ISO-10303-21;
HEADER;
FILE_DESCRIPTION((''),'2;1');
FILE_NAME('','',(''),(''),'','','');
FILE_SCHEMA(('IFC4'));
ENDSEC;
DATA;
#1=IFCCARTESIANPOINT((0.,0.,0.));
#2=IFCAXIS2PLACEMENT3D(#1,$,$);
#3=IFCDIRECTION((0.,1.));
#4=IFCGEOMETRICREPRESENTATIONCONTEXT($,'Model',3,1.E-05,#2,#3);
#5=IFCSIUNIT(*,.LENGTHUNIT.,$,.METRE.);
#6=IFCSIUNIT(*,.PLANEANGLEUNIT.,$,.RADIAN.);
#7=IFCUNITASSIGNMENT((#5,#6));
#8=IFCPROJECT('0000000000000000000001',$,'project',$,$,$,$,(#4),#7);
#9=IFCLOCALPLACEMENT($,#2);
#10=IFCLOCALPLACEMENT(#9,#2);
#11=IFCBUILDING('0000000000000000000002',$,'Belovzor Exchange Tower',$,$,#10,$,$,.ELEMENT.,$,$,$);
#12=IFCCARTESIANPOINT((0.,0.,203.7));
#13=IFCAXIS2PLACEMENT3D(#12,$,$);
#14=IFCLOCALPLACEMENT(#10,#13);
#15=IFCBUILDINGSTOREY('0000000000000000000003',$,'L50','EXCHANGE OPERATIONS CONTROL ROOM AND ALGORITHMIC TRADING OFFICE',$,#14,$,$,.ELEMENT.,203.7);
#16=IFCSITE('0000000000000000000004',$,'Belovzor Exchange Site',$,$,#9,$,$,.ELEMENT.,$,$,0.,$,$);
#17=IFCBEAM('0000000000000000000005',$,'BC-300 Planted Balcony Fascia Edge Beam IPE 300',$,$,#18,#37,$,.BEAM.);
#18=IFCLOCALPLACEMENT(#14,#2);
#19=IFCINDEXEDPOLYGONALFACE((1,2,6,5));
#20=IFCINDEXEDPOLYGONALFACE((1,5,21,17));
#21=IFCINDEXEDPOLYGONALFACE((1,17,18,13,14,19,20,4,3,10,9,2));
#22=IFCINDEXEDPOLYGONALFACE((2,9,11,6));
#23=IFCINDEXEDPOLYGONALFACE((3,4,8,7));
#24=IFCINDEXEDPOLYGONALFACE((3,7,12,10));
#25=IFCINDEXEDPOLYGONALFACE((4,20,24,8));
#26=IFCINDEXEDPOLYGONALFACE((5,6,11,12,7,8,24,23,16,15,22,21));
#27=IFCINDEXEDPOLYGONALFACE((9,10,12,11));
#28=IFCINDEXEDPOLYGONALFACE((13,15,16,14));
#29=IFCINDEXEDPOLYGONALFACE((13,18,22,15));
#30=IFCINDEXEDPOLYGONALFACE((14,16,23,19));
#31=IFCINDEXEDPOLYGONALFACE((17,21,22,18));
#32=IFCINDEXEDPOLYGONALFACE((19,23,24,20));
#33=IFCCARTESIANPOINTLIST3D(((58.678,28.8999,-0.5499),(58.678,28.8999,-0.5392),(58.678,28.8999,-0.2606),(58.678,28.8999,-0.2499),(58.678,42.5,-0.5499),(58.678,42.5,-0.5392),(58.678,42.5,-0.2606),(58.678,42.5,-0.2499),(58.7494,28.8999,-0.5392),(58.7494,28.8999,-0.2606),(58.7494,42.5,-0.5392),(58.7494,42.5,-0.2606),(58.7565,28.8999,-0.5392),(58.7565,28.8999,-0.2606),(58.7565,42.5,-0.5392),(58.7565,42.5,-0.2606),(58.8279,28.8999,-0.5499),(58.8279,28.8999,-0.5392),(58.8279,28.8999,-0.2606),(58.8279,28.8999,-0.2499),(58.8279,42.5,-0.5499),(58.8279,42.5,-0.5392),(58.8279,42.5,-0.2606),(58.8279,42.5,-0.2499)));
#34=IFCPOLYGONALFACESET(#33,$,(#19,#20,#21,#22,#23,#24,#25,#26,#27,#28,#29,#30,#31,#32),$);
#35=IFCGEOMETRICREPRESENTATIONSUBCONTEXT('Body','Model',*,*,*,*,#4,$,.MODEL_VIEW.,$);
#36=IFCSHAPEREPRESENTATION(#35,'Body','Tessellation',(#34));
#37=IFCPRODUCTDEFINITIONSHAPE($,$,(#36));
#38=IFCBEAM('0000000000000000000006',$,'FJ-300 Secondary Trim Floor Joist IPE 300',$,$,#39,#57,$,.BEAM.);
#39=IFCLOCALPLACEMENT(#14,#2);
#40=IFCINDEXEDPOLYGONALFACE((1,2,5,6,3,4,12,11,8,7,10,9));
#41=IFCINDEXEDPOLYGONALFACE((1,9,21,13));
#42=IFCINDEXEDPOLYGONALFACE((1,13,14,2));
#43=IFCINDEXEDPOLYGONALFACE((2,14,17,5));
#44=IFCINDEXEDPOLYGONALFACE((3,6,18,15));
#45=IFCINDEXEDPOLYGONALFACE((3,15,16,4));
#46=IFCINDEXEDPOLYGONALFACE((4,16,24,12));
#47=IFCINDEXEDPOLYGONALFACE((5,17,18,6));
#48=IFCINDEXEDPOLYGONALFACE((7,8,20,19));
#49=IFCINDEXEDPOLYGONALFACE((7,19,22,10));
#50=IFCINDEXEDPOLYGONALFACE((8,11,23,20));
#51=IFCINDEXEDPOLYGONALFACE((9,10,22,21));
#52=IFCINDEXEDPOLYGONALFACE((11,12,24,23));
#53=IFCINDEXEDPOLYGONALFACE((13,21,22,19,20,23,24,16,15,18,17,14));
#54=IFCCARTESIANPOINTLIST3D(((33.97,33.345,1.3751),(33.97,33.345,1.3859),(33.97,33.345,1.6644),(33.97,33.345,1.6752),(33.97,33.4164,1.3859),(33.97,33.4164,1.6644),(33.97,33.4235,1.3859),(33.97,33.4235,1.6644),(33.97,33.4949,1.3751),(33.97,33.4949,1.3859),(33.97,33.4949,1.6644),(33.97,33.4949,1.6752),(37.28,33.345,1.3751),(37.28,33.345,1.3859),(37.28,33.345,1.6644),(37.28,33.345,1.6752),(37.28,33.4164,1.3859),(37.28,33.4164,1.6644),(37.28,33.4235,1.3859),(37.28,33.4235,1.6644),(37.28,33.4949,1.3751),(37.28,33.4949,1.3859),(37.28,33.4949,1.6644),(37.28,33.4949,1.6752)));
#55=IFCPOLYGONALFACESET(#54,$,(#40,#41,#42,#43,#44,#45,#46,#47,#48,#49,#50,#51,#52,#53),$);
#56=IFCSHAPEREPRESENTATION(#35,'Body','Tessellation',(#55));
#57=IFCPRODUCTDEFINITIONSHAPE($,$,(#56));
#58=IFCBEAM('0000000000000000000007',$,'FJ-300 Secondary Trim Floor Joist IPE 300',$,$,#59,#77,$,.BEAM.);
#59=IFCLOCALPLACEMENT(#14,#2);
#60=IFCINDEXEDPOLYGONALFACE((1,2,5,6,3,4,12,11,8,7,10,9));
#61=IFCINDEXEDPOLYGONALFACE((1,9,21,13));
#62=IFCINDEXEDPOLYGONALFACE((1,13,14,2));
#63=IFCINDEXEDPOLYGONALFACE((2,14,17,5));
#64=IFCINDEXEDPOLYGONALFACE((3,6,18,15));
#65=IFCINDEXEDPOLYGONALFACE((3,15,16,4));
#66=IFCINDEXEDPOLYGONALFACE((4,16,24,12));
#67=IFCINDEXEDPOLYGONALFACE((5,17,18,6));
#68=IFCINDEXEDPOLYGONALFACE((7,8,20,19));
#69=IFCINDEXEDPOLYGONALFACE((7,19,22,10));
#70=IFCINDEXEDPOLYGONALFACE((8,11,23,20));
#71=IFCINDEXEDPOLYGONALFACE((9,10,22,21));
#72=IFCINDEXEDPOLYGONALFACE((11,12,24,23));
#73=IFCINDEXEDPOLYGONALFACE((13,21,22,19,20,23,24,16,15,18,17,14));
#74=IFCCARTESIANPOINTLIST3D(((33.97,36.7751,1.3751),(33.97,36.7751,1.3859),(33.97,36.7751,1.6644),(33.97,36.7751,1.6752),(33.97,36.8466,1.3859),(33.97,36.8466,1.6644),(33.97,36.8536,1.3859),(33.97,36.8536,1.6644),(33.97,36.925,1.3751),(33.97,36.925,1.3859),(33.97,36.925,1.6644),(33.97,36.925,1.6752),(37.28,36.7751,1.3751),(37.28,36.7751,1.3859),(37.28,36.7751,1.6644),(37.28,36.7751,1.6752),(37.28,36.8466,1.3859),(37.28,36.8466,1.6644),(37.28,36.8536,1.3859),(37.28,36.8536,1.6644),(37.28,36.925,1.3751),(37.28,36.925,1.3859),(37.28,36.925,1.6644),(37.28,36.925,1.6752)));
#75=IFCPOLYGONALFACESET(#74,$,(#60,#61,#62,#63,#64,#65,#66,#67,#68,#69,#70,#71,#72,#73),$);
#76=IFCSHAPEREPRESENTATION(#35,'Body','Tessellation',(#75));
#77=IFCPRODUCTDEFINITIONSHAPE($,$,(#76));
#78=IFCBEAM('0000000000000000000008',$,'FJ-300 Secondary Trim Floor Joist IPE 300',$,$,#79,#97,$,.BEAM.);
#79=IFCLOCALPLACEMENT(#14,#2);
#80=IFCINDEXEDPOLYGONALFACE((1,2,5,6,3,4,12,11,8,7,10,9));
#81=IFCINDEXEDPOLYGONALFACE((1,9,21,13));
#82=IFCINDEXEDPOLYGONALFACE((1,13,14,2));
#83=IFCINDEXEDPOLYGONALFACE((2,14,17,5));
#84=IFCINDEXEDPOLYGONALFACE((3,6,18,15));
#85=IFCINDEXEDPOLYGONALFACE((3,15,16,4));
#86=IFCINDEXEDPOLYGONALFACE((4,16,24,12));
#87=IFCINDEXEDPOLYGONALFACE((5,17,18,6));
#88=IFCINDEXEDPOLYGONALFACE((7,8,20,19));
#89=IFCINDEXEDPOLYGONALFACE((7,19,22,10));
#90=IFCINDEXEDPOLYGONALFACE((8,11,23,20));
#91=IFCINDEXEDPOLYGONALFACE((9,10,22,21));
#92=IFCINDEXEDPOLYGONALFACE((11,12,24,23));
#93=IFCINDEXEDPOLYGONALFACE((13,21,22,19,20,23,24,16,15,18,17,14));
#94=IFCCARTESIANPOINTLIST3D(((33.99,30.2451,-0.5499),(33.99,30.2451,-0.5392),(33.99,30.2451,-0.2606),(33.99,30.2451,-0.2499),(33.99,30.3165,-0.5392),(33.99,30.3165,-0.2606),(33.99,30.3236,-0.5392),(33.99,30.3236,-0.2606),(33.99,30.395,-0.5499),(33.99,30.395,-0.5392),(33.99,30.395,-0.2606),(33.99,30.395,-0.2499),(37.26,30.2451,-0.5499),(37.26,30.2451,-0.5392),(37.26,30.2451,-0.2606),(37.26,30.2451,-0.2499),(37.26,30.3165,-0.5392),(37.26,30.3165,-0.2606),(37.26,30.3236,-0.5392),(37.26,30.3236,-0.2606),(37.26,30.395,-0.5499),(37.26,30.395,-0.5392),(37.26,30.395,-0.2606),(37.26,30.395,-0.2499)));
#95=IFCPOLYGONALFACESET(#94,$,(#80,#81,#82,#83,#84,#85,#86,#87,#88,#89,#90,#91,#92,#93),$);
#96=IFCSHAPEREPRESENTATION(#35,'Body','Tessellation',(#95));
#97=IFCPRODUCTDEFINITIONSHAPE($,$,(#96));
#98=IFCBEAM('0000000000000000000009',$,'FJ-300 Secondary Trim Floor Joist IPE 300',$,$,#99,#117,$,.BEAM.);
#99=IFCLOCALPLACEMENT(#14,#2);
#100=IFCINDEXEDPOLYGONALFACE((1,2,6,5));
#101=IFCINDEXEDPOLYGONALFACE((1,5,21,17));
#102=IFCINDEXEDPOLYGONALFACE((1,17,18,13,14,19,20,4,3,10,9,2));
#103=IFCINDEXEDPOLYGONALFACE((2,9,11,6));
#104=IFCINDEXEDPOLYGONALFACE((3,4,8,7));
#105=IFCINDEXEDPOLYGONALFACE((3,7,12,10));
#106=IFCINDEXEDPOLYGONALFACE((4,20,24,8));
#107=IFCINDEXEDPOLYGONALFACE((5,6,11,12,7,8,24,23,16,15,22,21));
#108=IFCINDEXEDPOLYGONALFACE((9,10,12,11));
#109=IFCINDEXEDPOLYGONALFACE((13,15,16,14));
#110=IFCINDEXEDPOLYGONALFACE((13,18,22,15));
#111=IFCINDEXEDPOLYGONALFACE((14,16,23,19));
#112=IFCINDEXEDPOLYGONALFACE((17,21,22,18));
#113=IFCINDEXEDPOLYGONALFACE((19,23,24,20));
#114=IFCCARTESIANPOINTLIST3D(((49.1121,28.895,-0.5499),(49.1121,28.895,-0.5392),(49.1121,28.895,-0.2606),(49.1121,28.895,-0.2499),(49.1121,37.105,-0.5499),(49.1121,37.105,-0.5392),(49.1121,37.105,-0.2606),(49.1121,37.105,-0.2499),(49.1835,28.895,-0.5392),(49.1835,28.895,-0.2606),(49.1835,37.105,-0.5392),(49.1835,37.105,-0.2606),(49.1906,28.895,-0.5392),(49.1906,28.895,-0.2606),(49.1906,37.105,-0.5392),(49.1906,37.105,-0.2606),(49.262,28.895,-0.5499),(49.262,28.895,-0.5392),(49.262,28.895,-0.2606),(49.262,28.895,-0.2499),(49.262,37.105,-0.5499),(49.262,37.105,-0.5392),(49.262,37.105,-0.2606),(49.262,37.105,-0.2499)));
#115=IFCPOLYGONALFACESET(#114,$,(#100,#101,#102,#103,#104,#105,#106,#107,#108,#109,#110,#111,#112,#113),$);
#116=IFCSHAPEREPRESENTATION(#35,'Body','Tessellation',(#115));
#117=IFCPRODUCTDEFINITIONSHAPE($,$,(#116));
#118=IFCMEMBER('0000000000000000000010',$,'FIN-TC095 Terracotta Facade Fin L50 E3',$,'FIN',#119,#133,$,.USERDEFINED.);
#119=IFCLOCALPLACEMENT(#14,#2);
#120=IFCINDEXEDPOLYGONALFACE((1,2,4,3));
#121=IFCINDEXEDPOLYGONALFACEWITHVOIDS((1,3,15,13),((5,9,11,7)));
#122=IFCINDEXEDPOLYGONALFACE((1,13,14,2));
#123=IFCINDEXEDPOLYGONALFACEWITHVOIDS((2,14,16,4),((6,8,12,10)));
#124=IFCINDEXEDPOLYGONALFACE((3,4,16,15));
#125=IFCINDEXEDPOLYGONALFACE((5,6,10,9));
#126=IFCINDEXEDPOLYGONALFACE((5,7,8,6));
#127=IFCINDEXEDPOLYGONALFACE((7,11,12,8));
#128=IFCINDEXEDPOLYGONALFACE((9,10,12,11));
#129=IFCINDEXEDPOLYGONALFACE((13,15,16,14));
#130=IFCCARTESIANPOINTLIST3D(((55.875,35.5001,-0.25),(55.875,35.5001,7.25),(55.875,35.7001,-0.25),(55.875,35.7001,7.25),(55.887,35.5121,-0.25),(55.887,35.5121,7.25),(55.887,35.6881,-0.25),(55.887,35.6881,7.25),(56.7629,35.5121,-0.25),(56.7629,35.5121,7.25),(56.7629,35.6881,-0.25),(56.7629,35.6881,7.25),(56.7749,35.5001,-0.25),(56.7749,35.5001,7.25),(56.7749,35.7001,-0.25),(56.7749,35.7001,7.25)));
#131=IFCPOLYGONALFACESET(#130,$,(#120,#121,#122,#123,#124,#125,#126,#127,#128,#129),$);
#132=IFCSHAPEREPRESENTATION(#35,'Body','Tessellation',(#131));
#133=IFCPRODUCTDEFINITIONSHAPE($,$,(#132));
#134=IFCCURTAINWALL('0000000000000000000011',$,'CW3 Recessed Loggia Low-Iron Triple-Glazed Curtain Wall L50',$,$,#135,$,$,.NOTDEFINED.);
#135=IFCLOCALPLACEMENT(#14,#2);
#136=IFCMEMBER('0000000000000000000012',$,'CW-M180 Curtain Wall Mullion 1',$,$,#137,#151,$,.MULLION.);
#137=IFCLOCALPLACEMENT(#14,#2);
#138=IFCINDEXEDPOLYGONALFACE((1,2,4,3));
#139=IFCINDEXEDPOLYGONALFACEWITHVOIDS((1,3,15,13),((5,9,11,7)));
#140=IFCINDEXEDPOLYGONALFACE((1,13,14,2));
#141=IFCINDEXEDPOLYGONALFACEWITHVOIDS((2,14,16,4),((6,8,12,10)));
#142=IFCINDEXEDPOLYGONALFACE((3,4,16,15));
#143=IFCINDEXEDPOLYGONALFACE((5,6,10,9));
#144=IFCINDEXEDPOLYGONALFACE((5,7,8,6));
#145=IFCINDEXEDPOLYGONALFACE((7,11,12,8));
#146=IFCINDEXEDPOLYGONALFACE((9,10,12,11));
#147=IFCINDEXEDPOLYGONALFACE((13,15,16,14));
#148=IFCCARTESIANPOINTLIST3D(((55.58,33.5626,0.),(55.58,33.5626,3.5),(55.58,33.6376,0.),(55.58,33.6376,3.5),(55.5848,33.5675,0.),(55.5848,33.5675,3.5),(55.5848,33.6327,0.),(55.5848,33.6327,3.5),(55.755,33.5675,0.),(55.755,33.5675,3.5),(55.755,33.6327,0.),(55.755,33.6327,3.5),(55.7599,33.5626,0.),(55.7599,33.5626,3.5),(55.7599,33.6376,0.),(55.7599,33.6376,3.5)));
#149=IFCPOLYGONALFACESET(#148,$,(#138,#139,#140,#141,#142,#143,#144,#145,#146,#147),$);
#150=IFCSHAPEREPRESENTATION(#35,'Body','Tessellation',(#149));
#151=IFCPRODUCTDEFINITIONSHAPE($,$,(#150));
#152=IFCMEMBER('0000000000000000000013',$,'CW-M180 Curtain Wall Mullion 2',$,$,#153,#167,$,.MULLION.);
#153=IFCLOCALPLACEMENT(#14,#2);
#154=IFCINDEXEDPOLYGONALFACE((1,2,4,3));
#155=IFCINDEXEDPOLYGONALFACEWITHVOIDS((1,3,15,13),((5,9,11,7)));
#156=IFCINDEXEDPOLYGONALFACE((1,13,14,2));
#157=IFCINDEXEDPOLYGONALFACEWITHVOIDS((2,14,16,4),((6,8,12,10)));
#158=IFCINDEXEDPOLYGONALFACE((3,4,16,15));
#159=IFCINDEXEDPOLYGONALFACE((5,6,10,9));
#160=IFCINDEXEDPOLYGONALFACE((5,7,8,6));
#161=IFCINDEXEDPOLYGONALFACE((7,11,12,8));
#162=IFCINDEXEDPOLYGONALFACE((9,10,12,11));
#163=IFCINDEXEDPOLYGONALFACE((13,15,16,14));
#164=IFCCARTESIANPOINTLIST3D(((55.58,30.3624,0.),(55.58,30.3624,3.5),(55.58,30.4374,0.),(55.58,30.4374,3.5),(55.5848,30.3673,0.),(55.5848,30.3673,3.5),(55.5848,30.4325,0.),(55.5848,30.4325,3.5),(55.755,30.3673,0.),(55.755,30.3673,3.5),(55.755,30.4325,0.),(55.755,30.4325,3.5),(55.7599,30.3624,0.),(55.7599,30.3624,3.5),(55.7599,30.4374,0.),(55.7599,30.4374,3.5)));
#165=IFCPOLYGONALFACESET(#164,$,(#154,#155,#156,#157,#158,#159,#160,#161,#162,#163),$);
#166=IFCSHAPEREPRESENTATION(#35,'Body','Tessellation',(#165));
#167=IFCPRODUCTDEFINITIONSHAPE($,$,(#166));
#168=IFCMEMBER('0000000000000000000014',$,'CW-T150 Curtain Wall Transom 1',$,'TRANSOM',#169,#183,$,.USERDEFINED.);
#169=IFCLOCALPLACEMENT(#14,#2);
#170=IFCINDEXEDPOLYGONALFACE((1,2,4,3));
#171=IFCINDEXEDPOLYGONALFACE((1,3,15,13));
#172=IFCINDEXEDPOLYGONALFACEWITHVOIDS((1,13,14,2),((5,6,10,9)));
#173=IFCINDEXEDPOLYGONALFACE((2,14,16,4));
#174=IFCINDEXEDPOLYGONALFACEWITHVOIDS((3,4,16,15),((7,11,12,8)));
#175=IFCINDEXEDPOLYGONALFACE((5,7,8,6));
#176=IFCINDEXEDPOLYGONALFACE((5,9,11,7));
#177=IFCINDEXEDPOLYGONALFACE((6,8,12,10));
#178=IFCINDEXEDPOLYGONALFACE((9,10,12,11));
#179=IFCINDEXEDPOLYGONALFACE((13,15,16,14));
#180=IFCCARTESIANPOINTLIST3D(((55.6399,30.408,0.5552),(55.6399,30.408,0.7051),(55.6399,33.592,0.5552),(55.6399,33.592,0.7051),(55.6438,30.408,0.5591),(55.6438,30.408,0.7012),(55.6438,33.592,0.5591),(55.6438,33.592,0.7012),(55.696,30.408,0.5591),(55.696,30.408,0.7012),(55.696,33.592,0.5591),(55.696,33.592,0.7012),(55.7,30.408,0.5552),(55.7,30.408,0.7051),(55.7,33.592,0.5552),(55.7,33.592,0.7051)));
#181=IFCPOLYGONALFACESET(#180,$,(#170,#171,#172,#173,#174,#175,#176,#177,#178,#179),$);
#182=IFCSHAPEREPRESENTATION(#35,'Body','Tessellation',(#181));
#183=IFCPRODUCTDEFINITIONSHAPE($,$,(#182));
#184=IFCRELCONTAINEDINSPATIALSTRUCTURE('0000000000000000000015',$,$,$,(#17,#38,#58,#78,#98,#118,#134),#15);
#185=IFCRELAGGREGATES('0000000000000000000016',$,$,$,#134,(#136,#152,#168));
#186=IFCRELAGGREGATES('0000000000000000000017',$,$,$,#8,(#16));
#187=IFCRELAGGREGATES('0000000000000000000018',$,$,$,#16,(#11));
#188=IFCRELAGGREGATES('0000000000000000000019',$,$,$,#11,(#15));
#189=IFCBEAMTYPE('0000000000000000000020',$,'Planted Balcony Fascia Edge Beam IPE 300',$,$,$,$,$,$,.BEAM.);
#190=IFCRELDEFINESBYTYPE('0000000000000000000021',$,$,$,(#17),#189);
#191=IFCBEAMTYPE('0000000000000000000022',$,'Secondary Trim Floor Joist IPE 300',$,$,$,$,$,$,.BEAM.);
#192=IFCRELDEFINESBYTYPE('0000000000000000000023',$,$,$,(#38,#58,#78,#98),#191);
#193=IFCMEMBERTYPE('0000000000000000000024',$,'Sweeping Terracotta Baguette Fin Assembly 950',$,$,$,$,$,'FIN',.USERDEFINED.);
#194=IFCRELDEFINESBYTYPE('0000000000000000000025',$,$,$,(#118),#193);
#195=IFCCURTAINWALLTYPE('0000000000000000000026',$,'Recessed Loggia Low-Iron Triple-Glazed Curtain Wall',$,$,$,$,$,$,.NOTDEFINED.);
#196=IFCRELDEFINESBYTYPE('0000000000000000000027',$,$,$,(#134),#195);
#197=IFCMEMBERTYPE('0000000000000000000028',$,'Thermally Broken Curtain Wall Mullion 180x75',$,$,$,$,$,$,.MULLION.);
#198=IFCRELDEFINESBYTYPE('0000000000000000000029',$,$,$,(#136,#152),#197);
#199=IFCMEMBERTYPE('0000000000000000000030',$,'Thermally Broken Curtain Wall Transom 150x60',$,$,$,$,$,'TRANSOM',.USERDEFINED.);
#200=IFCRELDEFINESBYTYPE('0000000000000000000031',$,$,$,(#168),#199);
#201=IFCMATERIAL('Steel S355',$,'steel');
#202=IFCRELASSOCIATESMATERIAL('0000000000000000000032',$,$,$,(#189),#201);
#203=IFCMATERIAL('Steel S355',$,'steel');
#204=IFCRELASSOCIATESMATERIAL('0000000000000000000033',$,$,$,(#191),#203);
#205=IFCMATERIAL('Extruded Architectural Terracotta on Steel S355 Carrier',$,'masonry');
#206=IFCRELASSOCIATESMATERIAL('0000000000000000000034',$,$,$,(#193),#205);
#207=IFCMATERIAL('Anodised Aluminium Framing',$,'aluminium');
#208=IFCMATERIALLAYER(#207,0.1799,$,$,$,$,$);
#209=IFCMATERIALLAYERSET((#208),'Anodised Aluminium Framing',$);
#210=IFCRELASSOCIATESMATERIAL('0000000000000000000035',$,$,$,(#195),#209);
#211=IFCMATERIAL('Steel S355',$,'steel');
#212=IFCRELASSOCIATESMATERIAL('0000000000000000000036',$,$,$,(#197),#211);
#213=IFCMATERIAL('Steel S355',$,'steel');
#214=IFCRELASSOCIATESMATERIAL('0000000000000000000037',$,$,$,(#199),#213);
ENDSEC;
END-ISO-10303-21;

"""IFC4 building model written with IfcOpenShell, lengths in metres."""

from ifc_helpers import new_model, si_unit, direction, frame, origin, origin_2d, place, context, subcontext, project, spatial, hollow_rectangle, i_section, extrude, material, layer, layer_set, material_profile, profile_set, type_object, element, aggregate, save


model = new_model("IFC4")

# Units and contexts
model_context = context("Model", 3, precision=1e-05, world=origin(), true_north=direction((0.0, 1.0)))
body_context = subcontext(model_context, "Body", "Model", "MODEL_VIEW")
ifc_project = project(units=[si_unit("LENGTHUNIT", "METRE"), si_unit("PLANEANGLEUNIT", "RADIAN")], contexts=[model_context])

# Site, building, storey
site_placement = place(None, origin())
site = spatial("IfcSite", under=ifc_project, at=site_placement, Name="Belovzor Exchange Site", CompositionType="ELEMENT", RefElevation=0.0)
building_placement = place(site_placement, origin())
building = spatial("IfcBuilding", under=site, at=building_placement, Name="Belovzor Exchange Tower", CompositionType="ELEMENT")
storey_placement = place(building_placement, frame((0.0, 0.0, 203.7)))
storey = spatial("IfcBuildingStorey", under=building, at=storey_placement, Name="L50", Description="EXCHANGE OPERATIONS CONTROL ROOM AND ALGORITHMIC TRADING OFFICE", CompositionType="ELEMENT", Elevation=203.7)

# Beams
ifc_material_1 = material(Name="Steel S355", Category="steel")
ifc_material_profile_1 = material_profile(ifc_material_1, i_section(OverallWidth=0.1499, OverallDepth=0.3, WebThickness=0.0071, FlangeThickness=0.0107, at=origin_2d()))
ifc_profile_set_1 = profile_set([ifc_material_profile_1], Name="Steel S355")
beam_type_1 = type_object("IfcBeamType", Name="Planted Balcony Fascia Edge Beam IPE 300", PredefinedType="BEAM", material=ifc_profile_set_1)
beam_1_placement = place(storey_placement, frame((58.7529, 28.8999, -0.3999), z_axis=(0.0, 1.0, 0.0), x_axis=(-1.0, 0.0, 0.0)))
element("IfcBeam", 1, at=beam_1_placement, inside=storey, type_object=beam_type_1, Name="BC-300 Planted Balcony Fascia Edge Beam IPE 300", PredefinedType="BEAM", context=body_context, shape_type="SweptSolid", body=[
    extrude(i_section(OverallWidth=0.1499, OverallDepth=0.3, WebThickness=0.0071, FlangeThickness=0.0107, at=origin_2d()), origin(), (0.0, 0.0, 1.0), 13.6001),
])
ifc_material_2 = material(Name="Steel S355", Category="steel")
ifc_material_profile_2 = material_profile(ifc_material_2, i_section(OverallWidth=0.1499, OverallDepth=0.3, WebThickness=0.0071, FlangeThickness=0.0107, at=origin_2d()))
ifc_profile_set_2 = profile_set([ifc_material_profile_2], Name="Steel S355")
beam_type_2 = type_object("IfcBeamType", Name="Secondary Trim Floor Joist IPE 300", PredefinedType="BEAM", material=ifc_profile_set_2)
for number, where, z_axis, x_axis, name in (
    (2, (37.28, 33.4199, 1.5251), (-1.0, 0.0, 0.0), (0.0, -1.0, 0.0), "FJ-300 Secondary Trim Floor Joist IPE 300"),
    (3, (37.28, 36.8501, 1.5251), (-1.0, 0.0, 0.0), (0.0, -1.0, 0.0), "FJ-300 Secondary Trim Floor Joist IPE 300"),
):
    element("IfcBeam", number, at=place(storey_placement, frame(where, z_axis=z_axis, x_axis=x_axis)), inside=storey, type_object=beam_type_2, Name=name, PredefinedType="BEAM", context=body_context, shape_type="SweptSolid", body=[
        extrude(i_section(OverallWidth=0.1499, OverallDepth=0.3, WebThickness=0.0071, FlangeThickness=0.0107, at=origin_2d()), origin(), (0.0, 0.0, 1.0), 3.3101),
    ])
beam_2_placement = place(storey_placement, frame((37.26, 30.3201, -0.3999), z_axis=(-1.0, 0.0, 0.0), x_axis=(0.0, -1.0, 0.0)))
element("IfcBeam", 4, at=beam_2_placement, inside=storey, type_object=beam_type_2, Name="FJ-300 Secondary Trim Floor Joist IPE 300", PredefinedType="BEAM", context=body_context, shape_type="SweptSolid", body=[
    extrude(i_section(OverallWidth=0.1499, OverallDepth=0.3, WebThickness=0.0071, FlangeThickness=0.0107, at=origin_2d()), origin(), (0.0, 0.0, 1.0), 3.27),
])
beam_3_placement = place(storey_placement, frame((49.187, 28.895, -0.3999), z_axis=(0.0, 1.0, 0.0), x_axis=(-1.0, 0.0, 0.0)))
element("IfcBeam", 5, at=beam_3_placement, inside=storey, type_object=beam_type_2, Name="FJ-300 Secondary Trim Floor Joist IPE 300", PredefinedType="BEAM", context=body_context, shape_type="SweptSolid", body=[
    extrude(i_section(OverallWidth=0.1499, OverallDepth=0.3, WebThickness=0.0071, FlangeThickness=0.0107, at=origin_2d()), origin(), (0.0, 0.0, 1.0), 8.21),
])

# Member
ifc_material_3 = material(Name="Extruded Architectural Terracotta on Steel S355 Carrier", Category="masonry")
ifc_material_profile_3 = material_profile(ifc_material_3, hollow_rectangle(XDim=0.2, YDim=0.8999, WallThickness=0.012, at=origin_2d()))
ifc_profile_set_3 = profile_set([ifc_material_profile_3], Name="Extruded Architectural Terracotta on Steel S355 Carrier")
member_type_1 = type_object("IfcMemberType", Name="Sweeping Terracotta Baguette Fin Assembly 950", ElementType="FIN", PredefinedType="USERDEFINED", material=ifc_profile_set_3)
member_1_placement = place(storey_placement, frame((56.325, 35.6001, -0.25), z_axis=(0.0, 0.0, 1.0), x_axis=(0.0, 1.0, 0.0)))
element("IfcMember", 6, at=member_1_placement, inside=storey, type_object=member_type_1, Name="FIN-TC095 Terracotta Facade Fin L50 E3", ObjectType="FIN", PredefinedType="USERDEFINED", context=body_context, shape_type="SweptSolid", body=[
    extrude(hollow_rectangle(XDim=0.2, YDim=0.8999, WallThickness=0.012, at=origin_2d()), origin(), (0.0, 0.0, 1.0), 7.5),
])

# Curtain wall, members
ifc_material_4 = material(Name="Anodised Aluminium Framing", Category="aluminium")
ifc_layer_1 = layer(ifc_material_4, 0.1799)
ifc_layer_set_1 = layer_set([ifc_layer_1], Name="Anodised Aluminium Framing")
curtain_wall_type = type_object("IfcCurtainWallType", Name="Recessed Loggia Low-Iron Triple-Glazed Curtain Wall", PredefinedType="NOTDEFINED", material=ifc_layer_set_1)
curtain_wall_placement = place(storey_placement, origin())
curtain_wall = element("IfcCurtainWall", 7, at=curtain_wall_placement, inside=storey, type_object=curtain_wall_type, Name="CW3 Recessed Loggia Low-Iron Triple-Glazed Curtain Wall L50", PredefinedType="NOTDEFINED")
ifc_material_5 = material(Name="Steel S355", Category="steel")
ifc_material_profile_4 = material_profile(ifc_material_5, hollow_rectangle(XDim=0.075, YDim=0.1799, WallThickness=0.0049, at=origin_2d()))
ifc_profile_set_4 = profile_set([ifc_material_profile_4], Name="Steel S355")
member_type_2 = type_object("IfcMemberType", Name="Thermally Broken Curtain Wall Mullion 180x75", PredefinedType="MULLION", material=ifc_profile_set_4)
member_2_placement = place(storey_placement, frame((55.6699, 33.6001, 0.0), z_axis=(0.0, 0.0, 1.0), x_axis=(0.0, -1.0, 0.0)))
member_2 = element("IfcMember", 8, at=member_2_placement, type_object=member_type_2, Name="CW-M180 Curtain Wall Mullion 1", PredefinedType="MULLION", context=body_context, shape_type="SweptSolid", body=[
    extrude(hollow_rectangle(XDim=0.075, YDim=0.1799, WallThickness=0.0049, at=origin_2d()), origin(), (0.0, 0.0, 1.0), 3.5),
])
member_3_placement = place(storey_placement, frame((55.6699, 30.3999, 0.0), z_axis=(0.0, 0.0, 1.0), x_axis=(0.0, -1.0, 0.0)))
member_3 = element("IfcMember", 9, at=member_3_placement, type_object=member_type_2, Name="CW-M180 Curtain Wall Mullion 2", PredefinedType="MULLION", context=body_context, shape_type="SweptSolid", body=[
    extrude(hollow_rectangle(XDim=0.075, YDim=0.1799, WallThickness=0.0049, at=origin_2d()), origin(), (0.0, 0.0, 1.0), 3.5),
])
ifc_material_6 = material(Name="Steel S355", Category="steel")
ifc_material_profile_5 = material_profile(ifc_material_6, hollow_rectangle(XDim=0.0601, YDim=0.1499, WallThickness=0.0039, at=origin_2d()))
ifc_profile_set_5 = profile_set([ifc_material_profile_5], Name="Steel S355")
member_type_3 = type_object("IfcMemberType", Name="Thermally Broken Curtain Wall Transom 150x60", ElementType="TRANSOM", PredefinedType="USERDEFINED", material=ifc_profile_set_5)
member_4_placement = place(storey_placement, frame((55.6699, 33.592, 0.6301), z_axis=(0.0, -1.0, 0.0), x_axis=(1.0, 0.0, 0.0)))
member_4 = element("IfcMember", 10, at=member_4_placement, type_object=member_type_3, Name="CW-T150 Curtain Wall Transom 1", ObjectType="TRANSOM", PredefinedType="USERDEFINED", context=body_context, shape_type="SweptSolid", body=[
    extrude(hollow_rectangle(XDim=0.0601, YDim=0.1499, WallThickness=0.0039, at=origin_2d()), origin(), (0.0, 0.0, 1.0), 3.1841),
])

aggregate(curtain_wall, [member_2, member_3, member_4])

save(model, "model.ifc")
